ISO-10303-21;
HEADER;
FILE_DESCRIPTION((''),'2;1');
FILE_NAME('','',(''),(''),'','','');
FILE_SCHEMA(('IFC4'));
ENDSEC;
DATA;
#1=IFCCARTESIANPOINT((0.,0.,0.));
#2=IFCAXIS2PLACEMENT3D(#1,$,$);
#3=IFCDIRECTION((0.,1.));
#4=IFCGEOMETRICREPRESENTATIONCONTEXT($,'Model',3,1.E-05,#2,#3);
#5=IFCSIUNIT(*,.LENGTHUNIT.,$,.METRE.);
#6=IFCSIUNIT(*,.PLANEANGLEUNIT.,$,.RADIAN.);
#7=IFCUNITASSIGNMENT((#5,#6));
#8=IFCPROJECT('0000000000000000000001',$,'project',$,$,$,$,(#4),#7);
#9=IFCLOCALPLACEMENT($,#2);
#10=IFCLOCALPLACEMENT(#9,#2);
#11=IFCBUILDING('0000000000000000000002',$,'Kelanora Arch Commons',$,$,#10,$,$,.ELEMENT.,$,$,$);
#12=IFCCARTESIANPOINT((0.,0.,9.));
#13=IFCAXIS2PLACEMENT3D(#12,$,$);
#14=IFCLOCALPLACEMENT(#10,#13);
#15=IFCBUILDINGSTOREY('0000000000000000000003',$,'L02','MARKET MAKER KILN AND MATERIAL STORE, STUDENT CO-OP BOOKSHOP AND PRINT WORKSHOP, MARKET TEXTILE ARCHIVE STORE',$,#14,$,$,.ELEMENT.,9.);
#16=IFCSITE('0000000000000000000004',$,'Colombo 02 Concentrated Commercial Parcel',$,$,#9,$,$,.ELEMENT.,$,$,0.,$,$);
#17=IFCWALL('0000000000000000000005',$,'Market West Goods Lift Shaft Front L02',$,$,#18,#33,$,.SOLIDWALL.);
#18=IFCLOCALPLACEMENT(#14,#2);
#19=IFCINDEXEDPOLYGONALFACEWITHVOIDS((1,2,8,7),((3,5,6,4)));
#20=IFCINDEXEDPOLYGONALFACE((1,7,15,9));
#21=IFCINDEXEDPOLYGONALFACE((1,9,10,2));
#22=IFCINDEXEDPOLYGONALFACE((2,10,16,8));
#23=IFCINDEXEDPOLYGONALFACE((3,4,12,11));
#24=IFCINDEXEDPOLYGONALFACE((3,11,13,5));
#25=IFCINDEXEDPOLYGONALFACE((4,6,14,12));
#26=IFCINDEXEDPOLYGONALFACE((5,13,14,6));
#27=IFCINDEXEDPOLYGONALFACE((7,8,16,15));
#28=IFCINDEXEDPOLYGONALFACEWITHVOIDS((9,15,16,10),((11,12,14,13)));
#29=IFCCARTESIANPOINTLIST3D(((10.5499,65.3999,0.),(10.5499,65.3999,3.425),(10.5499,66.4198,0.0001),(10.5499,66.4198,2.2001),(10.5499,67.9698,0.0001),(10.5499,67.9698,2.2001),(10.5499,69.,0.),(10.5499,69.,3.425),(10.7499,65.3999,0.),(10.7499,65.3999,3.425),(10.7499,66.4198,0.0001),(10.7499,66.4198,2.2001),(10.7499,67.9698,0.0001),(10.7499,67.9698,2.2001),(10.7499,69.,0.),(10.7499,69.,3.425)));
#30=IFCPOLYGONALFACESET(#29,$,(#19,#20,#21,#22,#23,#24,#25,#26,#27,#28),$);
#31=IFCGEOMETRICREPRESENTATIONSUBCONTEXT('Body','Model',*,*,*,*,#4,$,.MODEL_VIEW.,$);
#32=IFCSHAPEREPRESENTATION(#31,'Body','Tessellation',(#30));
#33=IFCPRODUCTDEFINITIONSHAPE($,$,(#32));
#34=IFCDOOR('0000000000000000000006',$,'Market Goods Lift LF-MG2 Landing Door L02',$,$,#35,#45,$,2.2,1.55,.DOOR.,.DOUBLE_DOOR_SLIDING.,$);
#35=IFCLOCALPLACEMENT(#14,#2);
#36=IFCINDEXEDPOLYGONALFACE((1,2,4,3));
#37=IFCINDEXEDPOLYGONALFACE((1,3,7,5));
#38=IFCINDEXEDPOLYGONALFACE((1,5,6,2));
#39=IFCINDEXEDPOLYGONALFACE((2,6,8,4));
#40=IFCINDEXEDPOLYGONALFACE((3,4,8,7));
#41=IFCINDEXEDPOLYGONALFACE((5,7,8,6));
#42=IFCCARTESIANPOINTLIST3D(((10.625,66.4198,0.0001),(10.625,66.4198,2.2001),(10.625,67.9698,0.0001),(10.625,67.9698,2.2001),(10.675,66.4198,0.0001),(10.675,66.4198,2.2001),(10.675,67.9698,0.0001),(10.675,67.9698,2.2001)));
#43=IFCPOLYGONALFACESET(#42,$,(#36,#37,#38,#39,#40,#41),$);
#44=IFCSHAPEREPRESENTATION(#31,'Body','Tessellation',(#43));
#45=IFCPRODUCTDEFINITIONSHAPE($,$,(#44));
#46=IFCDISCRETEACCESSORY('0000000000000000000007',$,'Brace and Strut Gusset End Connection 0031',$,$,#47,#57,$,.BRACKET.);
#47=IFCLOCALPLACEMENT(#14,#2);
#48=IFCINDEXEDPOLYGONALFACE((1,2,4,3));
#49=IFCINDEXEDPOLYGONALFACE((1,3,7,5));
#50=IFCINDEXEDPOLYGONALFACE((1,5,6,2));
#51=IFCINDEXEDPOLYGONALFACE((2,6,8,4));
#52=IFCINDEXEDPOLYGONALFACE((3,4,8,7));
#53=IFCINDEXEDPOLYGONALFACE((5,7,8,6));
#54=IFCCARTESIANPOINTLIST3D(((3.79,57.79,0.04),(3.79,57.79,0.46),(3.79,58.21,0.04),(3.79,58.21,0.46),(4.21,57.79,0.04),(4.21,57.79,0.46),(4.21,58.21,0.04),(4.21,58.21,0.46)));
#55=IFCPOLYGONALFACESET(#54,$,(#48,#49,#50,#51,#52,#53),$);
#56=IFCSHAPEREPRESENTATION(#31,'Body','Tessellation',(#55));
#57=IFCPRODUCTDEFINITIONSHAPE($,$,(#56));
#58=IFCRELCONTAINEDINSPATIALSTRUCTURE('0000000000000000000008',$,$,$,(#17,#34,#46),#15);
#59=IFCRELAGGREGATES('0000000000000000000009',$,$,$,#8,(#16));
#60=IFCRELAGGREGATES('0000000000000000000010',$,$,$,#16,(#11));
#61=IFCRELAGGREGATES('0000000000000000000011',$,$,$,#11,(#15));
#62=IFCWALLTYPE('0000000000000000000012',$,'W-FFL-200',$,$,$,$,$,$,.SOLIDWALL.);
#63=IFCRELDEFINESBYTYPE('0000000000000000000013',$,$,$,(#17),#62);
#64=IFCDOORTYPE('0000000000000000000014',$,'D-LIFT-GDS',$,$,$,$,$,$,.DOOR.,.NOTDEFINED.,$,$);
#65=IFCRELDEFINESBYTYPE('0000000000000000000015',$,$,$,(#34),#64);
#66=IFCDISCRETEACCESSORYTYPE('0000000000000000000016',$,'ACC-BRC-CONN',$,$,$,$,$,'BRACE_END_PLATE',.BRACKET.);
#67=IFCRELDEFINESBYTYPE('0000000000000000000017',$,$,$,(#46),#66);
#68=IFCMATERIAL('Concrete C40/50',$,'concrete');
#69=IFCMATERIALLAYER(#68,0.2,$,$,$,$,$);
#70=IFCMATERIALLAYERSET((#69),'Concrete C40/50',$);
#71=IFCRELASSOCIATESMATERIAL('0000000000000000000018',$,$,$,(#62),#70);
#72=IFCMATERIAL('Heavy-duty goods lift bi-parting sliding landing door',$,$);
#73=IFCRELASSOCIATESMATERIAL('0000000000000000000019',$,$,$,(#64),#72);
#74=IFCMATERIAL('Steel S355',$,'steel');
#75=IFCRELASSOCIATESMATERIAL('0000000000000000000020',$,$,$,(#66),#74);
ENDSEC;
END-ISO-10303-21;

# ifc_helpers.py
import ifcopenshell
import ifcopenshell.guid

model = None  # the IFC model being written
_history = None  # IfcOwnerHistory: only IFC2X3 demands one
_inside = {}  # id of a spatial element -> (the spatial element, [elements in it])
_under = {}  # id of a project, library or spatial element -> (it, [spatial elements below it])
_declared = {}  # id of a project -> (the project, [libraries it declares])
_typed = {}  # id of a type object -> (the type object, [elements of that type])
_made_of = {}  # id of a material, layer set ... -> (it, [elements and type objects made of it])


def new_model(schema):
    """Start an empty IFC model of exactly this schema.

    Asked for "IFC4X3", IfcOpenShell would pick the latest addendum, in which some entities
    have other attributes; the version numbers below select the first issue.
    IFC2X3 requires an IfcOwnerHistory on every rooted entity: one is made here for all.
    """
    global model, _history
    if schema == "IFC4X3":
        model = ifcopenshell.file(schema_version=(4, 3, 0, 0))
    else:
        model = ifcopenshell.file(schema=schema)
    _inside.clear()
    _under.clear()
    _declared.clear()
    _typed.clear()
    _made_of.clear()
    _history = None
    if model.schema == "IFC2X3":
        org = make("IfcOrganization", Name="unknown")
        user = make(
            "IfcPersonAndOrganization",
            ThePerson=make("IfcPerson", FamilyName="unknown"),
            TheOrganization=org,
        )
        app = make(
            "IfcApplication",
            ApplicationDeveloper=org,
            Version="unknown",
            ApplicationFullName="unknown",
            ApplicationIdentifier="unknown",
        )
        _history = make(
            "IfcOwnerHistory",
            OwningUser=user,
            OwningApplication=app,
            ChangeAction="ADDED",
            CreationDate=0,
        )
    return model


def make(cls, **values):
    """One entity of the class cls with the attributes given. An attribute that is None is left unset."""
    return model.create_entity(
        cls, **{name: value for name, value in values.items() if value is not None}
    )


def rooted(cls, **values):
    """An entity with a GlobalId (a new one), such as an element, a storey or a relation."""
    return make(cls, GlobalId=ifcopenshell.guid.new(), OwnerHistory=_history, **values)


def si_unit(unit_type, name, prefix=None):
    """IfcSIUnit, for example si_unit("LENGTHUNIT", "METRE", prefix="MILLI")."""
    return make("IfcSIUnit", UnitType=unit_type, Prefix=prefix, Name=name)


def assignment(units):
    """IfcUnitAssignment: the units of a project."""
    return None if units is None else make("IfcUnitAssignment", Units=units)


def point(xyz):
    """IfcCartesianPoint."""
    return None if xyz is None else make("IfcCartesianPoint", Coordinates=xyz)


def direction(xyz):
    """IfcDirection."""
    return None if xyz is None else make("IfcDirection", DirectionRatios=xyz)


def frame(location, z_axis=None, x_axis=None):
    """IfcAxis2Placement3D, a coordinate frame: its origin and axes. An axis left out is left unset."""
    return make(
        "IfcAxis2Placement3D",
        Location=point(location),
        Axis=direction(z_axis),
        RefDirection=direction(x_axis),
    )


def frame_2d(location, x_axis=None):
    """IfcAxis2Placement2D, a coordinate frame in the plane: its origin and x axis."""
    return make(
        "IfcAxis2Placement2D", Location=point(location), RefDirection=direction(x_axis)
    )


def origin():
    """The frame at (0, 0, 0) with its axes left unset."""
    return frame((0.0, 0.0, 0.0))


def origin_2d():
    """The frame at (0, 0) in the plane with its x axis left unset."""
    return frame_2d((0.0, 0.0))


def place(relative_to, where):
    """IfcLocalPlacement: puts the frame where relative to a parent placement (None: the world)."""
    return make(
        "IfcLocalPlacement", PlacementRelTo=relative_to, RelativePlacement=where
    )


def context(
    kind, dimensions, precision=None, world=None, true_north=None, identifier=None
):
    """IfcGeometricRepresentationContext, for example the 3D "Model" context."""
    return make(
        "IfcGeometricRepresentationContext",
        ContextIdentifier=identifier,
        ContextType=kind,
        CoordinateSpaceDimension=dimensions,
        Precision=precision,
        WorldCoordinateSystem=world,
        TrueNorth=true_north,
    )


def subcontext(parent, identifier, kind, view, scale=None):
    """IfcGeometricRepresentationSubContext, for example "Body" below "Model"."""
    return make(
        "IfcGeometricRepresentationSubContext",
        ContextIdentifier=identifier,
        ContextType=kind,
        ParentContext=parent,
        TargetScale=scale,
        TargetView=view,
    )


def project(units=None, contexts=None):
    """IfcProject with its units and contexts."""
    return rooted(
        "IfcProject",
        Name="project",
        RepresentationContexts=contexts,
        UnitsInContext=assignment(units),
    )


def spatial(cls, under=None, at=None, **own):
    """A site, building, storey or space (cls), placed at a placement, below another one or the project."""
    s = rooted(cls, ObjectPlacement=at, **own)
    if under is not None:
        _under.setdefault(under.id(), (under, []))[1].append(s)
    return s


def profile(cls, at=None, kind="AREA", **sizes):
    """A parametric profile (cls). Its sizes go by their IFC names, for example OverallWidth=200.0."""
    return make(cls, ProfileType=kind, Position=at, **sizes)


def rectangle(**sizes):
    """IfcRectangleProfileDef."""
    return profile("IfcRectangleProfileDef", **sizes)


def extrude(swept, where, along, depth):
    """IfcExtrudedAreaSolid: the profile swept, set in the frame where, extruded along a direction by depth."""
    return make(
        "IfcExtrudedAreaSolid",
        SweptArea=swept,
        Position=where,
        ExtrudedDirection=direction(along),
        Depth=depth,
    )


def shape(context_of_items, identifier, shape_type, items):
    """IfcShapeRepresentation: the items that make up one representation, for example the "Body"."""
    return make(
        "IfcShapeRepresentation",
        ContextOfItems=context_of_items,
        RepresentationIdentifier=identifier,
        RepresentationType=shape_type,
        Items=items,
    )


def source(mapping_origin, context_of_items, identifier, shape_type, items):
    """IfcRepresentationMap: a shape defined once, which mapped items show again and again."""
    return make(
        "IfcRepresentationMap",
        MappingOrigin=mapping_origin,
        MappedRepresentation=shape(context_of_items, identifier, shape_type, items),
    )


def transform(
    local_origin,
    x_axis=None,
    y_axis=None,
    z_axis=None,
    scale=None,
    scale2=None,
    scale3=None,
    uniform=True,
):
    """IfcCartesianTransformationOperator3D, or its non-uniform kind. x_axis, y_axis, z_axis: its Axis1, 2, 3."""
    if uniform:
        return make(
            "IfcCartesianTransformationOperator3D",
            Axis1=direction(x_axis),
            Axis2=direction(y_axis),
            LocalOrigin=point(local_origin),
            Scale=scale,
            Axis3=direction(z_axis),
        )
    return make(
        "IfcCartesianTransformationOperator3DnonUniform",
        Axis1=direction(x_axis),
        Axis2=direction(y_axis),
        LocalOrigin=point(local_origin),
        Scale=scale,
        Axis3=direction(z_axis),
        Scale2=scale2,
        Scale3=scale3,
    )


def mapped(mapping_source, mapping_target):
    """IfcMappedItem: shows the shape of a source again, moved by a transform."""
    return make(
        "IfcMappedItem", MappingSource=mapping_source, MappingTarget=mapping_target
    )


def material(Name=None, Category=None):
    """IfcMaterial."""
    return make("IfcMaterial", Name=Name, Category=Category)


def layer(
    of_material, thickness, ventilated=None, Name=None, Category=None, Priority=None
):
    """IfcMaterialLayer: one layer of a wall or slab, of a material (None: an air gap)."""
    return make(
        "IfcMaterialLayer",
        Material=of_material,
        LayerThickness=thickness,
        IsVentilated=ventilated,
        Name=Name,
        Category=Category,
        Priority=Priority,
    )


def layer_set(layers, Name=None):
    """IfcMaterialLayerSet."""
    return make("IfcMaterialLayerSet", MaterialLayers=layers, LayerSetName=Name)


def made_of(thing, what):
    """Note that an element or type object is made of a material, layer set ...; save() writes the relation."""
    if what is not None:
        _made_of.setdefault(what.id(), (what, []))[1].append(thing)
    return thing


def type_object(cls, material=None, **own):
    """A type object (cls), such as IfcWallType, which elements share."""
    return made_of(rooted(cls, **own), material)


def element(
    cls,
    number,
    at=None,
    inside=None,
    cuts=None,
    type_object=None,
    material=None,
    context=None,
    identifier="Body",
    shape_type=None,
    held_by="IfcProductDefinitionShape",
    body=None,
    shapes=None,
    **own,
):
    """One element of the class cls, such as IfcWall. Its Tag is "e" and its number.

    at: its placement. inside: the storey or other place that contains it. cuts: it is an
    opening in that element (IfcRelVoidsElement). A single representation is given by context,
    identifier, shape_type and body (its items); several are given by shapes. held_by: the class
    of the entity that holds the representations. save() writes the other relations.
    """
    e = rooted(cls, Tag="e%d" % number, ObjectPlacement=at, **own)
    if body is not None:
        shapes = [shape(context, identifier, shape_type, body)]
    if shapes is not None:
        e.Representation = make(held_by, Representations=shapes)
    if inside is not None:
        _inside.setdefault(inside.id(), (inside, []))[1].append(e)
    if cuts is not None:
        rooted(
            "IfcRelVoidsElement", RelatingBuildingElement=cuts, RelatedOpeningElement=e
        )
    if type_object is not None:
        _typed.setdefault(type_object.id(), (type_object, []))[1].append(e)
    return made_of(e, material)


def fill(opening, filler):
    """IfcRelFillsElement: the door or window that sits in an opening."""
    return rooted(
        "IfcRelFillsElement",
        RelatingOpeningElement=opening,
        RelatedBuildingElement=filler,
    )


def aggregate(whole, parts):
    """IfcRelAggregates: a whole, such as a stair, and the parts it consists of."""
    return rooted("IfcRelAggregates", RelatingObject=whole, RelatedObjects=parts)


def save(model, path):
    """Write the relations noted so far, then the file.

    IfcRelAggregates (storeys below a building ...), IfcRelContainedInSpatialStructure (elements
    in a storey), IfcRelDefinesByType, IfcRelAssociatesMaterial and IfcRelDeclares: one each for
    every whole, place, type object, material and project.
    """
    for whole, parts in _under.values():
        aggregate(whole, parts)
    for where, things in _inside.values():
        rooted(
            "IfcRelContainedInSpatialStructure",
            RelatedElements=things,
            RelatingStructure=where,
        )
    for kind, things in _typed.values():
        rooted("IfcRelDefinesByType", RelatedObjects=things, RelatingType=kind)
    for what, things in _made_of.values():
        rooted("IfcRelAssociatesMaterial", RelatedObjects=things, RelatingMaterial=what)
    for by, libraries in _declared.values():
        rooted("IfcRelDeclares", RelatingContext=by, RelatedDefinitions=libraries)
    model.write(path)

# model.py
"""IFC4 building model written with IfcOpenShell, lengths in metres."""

from ifc_helpers import new_model, si_unit, direction, frame, frame_2d, origin, origin_2d, place, context, subcontext, project, spatial, rectangle, extrude, source, transform, mapped, material, layer, layer_set, type_object, element, fill, save


model = new_model("IFC4")

# Units and contexts
model_context = context("Model", 3, precision=1e-05, world=origin(), true_north=direction((0.0, 1.0)))
body_context = subcontext(model_context, "Body", "Model", "MODEL_VIEW")
ifc_project = project(units=[si_unit("LENGTHUNIT", "METRE"), si_unit("PLANEANGLEUNIT", "RADIAN")], contexts=[model_context])

# Site, building, storey
site_placement = place(None, origin())
site = spatial("IfcSite", under=ifc_project, at=site_placement, Name="Colombo 02 Concentrated Commercial Parcel", CompositionType="ELEMENT", RefElevation=0.0)
building_placement = place(site_placement, origin())
building = spatial("IfcBuilding", under=site, at=building_placement, Name="Kelanora Arch Commons", CompositionType="ELEMENT")
storey_placement = place(building_placement, frame((0.0, 0.0, 9.0)))
storey = spatial("IfcBuildingStorey", under=building, at=storey_placement, Name="L02", Description="MARKET MAKER KILN AND MATERIAL STORE, STUDENT CO-OP BOOKSHOP AND PRINT WORKSHOP, MARKET TEXTILE ARCHIVE STORE", CompositionType="ELEMENT", Elevation=9.0)

# Shared definitions
ifc_material_1 = material(Name="Concrete C40/50", Category="concrete")

# Shared definitions
ifc_material_2 = material(Name="Steel S355", Category="steel")

# Wall, opening, door
ifc_layer_1 = layer(ifc_material_1, 0.2)
ifc_layer_set_1 = layer_set([ifc_layer_1], Name="Concrete C40/50")
wall_type_1 = type_object("IfcWallType", Name="W-FFL-200", PredefinedType="SOLIDWALL", material=ifc_layer_set_1)
wall_1_placement = place(storey_placement, frame((10.6499, 65.3999, 0.0), z_axis=(0.0, 0.0, 1.0), x_axis=(0.0, 1.0, 0.0)))
wall_1 = element("IfcWall", 1, at=wall_1_placement, inside=storey, type_object=wall_type_1, Name="Market West Goods Lift Shaft Front L02", PredefinedType="SOLIDWALL", context=body_context, shape_type="SweptSolid", body=[
    extrude(rectangle(XDim=3.6001, YDim=0.2, at=frame_2d((1.8, 0.0))), origin(), (0.0, 0.0, 1.0), 3.425),
])
opening_1_placement = place(wall_1_placement, frame((1.02, 0.0, 0.0)))
opening_1 = element("IfcOpeningElement", 2, at=opening_1_placement, cuts=wall_1, PredefinedType="OPENING", context=body_context, shape_type="SweptSolid", body=[
    extrude(rectangle(XDim=1.55, YDim=2.2, at=frame_2d((0.7749, 1.1001))), frame((0.0, 0.1099, 0.0), z_axis=(0.0, -1.0, 0.0), x_axis=(1.0, 0.0, 0.0)), (0.0, 0.0, 1.0), 0.22),
])
ifc_material_3 = material(Name="Heavy-duty goods lift bi-parting sliding landing door")
door_type = type_object("IfcDoorType", Name="D-LIFT-GDS", OperationType="NOTDEFINED", PredefinedType="DOOR", material=ifc_material_3)
door_placement = place(opening_1_placement, origin())
door = element("IfcDoor", 3, at=door_placement, inside=storey, type_object=door_type, Name="Market Goods Lift LF-MG2 Landing Door L02", OperationType="DOUBLE_DOOR_SLIDING", OverallHeight=2.2, OverallWidth=1.55, PredefinedType="DOOR", context=body_context, shape_type="SweptSolid", body=[
    extrude(rectangle(XDim=1.55, YDim=2.2, at=frame_2d((0.7749, 1.1001))), frame((0.0, 0.0249, 0.0), z_axis=(0.0, -1.0, 0.0), x_axis=(1.0, 0.0, 0.0)), (0.0, 0.0, 1.0), 0.05),
])
fill(opening_1, door)

# Discrete accessory
discrete_accessory_type = type_object("IfcDiscreteAccessoryType", Name="ACC-BRC-CONN", ElementType="BRACE_END_PLATE", PredefinedType="BRACKET", material=ifc_material_2)
shared_shape = source(origin(), body_context, "Body", "SweptSolid", [
    extrude(rectangle(XDim=0.4199, YDim=0.4199, at=origin_2d()), origin(), (0.0, 0.0, 1.0), 0.4199),
])
discrete_accessory_placement = place(storey_placement, frame((4.0, 58.0, 0.04), z_axis=(0.0, 0.0, 1.0), x_axis=(0.0, 1.0, 0.0)))
element("IfcDiscreteAccessory", 4, at=discrete_accessory_placement, inside=storey, type_object=discrete_accessory_type, Name="Brace and Strut Gusset End Connection 0031", PredefinedType="BRACKET", context=body_context, shape_type="MappedRepresentation", body=[
    mapped(shared_shape, transform((0.0, 0.0, 0.0), scale=1.0)),
])

save(model, "model.ifc")
